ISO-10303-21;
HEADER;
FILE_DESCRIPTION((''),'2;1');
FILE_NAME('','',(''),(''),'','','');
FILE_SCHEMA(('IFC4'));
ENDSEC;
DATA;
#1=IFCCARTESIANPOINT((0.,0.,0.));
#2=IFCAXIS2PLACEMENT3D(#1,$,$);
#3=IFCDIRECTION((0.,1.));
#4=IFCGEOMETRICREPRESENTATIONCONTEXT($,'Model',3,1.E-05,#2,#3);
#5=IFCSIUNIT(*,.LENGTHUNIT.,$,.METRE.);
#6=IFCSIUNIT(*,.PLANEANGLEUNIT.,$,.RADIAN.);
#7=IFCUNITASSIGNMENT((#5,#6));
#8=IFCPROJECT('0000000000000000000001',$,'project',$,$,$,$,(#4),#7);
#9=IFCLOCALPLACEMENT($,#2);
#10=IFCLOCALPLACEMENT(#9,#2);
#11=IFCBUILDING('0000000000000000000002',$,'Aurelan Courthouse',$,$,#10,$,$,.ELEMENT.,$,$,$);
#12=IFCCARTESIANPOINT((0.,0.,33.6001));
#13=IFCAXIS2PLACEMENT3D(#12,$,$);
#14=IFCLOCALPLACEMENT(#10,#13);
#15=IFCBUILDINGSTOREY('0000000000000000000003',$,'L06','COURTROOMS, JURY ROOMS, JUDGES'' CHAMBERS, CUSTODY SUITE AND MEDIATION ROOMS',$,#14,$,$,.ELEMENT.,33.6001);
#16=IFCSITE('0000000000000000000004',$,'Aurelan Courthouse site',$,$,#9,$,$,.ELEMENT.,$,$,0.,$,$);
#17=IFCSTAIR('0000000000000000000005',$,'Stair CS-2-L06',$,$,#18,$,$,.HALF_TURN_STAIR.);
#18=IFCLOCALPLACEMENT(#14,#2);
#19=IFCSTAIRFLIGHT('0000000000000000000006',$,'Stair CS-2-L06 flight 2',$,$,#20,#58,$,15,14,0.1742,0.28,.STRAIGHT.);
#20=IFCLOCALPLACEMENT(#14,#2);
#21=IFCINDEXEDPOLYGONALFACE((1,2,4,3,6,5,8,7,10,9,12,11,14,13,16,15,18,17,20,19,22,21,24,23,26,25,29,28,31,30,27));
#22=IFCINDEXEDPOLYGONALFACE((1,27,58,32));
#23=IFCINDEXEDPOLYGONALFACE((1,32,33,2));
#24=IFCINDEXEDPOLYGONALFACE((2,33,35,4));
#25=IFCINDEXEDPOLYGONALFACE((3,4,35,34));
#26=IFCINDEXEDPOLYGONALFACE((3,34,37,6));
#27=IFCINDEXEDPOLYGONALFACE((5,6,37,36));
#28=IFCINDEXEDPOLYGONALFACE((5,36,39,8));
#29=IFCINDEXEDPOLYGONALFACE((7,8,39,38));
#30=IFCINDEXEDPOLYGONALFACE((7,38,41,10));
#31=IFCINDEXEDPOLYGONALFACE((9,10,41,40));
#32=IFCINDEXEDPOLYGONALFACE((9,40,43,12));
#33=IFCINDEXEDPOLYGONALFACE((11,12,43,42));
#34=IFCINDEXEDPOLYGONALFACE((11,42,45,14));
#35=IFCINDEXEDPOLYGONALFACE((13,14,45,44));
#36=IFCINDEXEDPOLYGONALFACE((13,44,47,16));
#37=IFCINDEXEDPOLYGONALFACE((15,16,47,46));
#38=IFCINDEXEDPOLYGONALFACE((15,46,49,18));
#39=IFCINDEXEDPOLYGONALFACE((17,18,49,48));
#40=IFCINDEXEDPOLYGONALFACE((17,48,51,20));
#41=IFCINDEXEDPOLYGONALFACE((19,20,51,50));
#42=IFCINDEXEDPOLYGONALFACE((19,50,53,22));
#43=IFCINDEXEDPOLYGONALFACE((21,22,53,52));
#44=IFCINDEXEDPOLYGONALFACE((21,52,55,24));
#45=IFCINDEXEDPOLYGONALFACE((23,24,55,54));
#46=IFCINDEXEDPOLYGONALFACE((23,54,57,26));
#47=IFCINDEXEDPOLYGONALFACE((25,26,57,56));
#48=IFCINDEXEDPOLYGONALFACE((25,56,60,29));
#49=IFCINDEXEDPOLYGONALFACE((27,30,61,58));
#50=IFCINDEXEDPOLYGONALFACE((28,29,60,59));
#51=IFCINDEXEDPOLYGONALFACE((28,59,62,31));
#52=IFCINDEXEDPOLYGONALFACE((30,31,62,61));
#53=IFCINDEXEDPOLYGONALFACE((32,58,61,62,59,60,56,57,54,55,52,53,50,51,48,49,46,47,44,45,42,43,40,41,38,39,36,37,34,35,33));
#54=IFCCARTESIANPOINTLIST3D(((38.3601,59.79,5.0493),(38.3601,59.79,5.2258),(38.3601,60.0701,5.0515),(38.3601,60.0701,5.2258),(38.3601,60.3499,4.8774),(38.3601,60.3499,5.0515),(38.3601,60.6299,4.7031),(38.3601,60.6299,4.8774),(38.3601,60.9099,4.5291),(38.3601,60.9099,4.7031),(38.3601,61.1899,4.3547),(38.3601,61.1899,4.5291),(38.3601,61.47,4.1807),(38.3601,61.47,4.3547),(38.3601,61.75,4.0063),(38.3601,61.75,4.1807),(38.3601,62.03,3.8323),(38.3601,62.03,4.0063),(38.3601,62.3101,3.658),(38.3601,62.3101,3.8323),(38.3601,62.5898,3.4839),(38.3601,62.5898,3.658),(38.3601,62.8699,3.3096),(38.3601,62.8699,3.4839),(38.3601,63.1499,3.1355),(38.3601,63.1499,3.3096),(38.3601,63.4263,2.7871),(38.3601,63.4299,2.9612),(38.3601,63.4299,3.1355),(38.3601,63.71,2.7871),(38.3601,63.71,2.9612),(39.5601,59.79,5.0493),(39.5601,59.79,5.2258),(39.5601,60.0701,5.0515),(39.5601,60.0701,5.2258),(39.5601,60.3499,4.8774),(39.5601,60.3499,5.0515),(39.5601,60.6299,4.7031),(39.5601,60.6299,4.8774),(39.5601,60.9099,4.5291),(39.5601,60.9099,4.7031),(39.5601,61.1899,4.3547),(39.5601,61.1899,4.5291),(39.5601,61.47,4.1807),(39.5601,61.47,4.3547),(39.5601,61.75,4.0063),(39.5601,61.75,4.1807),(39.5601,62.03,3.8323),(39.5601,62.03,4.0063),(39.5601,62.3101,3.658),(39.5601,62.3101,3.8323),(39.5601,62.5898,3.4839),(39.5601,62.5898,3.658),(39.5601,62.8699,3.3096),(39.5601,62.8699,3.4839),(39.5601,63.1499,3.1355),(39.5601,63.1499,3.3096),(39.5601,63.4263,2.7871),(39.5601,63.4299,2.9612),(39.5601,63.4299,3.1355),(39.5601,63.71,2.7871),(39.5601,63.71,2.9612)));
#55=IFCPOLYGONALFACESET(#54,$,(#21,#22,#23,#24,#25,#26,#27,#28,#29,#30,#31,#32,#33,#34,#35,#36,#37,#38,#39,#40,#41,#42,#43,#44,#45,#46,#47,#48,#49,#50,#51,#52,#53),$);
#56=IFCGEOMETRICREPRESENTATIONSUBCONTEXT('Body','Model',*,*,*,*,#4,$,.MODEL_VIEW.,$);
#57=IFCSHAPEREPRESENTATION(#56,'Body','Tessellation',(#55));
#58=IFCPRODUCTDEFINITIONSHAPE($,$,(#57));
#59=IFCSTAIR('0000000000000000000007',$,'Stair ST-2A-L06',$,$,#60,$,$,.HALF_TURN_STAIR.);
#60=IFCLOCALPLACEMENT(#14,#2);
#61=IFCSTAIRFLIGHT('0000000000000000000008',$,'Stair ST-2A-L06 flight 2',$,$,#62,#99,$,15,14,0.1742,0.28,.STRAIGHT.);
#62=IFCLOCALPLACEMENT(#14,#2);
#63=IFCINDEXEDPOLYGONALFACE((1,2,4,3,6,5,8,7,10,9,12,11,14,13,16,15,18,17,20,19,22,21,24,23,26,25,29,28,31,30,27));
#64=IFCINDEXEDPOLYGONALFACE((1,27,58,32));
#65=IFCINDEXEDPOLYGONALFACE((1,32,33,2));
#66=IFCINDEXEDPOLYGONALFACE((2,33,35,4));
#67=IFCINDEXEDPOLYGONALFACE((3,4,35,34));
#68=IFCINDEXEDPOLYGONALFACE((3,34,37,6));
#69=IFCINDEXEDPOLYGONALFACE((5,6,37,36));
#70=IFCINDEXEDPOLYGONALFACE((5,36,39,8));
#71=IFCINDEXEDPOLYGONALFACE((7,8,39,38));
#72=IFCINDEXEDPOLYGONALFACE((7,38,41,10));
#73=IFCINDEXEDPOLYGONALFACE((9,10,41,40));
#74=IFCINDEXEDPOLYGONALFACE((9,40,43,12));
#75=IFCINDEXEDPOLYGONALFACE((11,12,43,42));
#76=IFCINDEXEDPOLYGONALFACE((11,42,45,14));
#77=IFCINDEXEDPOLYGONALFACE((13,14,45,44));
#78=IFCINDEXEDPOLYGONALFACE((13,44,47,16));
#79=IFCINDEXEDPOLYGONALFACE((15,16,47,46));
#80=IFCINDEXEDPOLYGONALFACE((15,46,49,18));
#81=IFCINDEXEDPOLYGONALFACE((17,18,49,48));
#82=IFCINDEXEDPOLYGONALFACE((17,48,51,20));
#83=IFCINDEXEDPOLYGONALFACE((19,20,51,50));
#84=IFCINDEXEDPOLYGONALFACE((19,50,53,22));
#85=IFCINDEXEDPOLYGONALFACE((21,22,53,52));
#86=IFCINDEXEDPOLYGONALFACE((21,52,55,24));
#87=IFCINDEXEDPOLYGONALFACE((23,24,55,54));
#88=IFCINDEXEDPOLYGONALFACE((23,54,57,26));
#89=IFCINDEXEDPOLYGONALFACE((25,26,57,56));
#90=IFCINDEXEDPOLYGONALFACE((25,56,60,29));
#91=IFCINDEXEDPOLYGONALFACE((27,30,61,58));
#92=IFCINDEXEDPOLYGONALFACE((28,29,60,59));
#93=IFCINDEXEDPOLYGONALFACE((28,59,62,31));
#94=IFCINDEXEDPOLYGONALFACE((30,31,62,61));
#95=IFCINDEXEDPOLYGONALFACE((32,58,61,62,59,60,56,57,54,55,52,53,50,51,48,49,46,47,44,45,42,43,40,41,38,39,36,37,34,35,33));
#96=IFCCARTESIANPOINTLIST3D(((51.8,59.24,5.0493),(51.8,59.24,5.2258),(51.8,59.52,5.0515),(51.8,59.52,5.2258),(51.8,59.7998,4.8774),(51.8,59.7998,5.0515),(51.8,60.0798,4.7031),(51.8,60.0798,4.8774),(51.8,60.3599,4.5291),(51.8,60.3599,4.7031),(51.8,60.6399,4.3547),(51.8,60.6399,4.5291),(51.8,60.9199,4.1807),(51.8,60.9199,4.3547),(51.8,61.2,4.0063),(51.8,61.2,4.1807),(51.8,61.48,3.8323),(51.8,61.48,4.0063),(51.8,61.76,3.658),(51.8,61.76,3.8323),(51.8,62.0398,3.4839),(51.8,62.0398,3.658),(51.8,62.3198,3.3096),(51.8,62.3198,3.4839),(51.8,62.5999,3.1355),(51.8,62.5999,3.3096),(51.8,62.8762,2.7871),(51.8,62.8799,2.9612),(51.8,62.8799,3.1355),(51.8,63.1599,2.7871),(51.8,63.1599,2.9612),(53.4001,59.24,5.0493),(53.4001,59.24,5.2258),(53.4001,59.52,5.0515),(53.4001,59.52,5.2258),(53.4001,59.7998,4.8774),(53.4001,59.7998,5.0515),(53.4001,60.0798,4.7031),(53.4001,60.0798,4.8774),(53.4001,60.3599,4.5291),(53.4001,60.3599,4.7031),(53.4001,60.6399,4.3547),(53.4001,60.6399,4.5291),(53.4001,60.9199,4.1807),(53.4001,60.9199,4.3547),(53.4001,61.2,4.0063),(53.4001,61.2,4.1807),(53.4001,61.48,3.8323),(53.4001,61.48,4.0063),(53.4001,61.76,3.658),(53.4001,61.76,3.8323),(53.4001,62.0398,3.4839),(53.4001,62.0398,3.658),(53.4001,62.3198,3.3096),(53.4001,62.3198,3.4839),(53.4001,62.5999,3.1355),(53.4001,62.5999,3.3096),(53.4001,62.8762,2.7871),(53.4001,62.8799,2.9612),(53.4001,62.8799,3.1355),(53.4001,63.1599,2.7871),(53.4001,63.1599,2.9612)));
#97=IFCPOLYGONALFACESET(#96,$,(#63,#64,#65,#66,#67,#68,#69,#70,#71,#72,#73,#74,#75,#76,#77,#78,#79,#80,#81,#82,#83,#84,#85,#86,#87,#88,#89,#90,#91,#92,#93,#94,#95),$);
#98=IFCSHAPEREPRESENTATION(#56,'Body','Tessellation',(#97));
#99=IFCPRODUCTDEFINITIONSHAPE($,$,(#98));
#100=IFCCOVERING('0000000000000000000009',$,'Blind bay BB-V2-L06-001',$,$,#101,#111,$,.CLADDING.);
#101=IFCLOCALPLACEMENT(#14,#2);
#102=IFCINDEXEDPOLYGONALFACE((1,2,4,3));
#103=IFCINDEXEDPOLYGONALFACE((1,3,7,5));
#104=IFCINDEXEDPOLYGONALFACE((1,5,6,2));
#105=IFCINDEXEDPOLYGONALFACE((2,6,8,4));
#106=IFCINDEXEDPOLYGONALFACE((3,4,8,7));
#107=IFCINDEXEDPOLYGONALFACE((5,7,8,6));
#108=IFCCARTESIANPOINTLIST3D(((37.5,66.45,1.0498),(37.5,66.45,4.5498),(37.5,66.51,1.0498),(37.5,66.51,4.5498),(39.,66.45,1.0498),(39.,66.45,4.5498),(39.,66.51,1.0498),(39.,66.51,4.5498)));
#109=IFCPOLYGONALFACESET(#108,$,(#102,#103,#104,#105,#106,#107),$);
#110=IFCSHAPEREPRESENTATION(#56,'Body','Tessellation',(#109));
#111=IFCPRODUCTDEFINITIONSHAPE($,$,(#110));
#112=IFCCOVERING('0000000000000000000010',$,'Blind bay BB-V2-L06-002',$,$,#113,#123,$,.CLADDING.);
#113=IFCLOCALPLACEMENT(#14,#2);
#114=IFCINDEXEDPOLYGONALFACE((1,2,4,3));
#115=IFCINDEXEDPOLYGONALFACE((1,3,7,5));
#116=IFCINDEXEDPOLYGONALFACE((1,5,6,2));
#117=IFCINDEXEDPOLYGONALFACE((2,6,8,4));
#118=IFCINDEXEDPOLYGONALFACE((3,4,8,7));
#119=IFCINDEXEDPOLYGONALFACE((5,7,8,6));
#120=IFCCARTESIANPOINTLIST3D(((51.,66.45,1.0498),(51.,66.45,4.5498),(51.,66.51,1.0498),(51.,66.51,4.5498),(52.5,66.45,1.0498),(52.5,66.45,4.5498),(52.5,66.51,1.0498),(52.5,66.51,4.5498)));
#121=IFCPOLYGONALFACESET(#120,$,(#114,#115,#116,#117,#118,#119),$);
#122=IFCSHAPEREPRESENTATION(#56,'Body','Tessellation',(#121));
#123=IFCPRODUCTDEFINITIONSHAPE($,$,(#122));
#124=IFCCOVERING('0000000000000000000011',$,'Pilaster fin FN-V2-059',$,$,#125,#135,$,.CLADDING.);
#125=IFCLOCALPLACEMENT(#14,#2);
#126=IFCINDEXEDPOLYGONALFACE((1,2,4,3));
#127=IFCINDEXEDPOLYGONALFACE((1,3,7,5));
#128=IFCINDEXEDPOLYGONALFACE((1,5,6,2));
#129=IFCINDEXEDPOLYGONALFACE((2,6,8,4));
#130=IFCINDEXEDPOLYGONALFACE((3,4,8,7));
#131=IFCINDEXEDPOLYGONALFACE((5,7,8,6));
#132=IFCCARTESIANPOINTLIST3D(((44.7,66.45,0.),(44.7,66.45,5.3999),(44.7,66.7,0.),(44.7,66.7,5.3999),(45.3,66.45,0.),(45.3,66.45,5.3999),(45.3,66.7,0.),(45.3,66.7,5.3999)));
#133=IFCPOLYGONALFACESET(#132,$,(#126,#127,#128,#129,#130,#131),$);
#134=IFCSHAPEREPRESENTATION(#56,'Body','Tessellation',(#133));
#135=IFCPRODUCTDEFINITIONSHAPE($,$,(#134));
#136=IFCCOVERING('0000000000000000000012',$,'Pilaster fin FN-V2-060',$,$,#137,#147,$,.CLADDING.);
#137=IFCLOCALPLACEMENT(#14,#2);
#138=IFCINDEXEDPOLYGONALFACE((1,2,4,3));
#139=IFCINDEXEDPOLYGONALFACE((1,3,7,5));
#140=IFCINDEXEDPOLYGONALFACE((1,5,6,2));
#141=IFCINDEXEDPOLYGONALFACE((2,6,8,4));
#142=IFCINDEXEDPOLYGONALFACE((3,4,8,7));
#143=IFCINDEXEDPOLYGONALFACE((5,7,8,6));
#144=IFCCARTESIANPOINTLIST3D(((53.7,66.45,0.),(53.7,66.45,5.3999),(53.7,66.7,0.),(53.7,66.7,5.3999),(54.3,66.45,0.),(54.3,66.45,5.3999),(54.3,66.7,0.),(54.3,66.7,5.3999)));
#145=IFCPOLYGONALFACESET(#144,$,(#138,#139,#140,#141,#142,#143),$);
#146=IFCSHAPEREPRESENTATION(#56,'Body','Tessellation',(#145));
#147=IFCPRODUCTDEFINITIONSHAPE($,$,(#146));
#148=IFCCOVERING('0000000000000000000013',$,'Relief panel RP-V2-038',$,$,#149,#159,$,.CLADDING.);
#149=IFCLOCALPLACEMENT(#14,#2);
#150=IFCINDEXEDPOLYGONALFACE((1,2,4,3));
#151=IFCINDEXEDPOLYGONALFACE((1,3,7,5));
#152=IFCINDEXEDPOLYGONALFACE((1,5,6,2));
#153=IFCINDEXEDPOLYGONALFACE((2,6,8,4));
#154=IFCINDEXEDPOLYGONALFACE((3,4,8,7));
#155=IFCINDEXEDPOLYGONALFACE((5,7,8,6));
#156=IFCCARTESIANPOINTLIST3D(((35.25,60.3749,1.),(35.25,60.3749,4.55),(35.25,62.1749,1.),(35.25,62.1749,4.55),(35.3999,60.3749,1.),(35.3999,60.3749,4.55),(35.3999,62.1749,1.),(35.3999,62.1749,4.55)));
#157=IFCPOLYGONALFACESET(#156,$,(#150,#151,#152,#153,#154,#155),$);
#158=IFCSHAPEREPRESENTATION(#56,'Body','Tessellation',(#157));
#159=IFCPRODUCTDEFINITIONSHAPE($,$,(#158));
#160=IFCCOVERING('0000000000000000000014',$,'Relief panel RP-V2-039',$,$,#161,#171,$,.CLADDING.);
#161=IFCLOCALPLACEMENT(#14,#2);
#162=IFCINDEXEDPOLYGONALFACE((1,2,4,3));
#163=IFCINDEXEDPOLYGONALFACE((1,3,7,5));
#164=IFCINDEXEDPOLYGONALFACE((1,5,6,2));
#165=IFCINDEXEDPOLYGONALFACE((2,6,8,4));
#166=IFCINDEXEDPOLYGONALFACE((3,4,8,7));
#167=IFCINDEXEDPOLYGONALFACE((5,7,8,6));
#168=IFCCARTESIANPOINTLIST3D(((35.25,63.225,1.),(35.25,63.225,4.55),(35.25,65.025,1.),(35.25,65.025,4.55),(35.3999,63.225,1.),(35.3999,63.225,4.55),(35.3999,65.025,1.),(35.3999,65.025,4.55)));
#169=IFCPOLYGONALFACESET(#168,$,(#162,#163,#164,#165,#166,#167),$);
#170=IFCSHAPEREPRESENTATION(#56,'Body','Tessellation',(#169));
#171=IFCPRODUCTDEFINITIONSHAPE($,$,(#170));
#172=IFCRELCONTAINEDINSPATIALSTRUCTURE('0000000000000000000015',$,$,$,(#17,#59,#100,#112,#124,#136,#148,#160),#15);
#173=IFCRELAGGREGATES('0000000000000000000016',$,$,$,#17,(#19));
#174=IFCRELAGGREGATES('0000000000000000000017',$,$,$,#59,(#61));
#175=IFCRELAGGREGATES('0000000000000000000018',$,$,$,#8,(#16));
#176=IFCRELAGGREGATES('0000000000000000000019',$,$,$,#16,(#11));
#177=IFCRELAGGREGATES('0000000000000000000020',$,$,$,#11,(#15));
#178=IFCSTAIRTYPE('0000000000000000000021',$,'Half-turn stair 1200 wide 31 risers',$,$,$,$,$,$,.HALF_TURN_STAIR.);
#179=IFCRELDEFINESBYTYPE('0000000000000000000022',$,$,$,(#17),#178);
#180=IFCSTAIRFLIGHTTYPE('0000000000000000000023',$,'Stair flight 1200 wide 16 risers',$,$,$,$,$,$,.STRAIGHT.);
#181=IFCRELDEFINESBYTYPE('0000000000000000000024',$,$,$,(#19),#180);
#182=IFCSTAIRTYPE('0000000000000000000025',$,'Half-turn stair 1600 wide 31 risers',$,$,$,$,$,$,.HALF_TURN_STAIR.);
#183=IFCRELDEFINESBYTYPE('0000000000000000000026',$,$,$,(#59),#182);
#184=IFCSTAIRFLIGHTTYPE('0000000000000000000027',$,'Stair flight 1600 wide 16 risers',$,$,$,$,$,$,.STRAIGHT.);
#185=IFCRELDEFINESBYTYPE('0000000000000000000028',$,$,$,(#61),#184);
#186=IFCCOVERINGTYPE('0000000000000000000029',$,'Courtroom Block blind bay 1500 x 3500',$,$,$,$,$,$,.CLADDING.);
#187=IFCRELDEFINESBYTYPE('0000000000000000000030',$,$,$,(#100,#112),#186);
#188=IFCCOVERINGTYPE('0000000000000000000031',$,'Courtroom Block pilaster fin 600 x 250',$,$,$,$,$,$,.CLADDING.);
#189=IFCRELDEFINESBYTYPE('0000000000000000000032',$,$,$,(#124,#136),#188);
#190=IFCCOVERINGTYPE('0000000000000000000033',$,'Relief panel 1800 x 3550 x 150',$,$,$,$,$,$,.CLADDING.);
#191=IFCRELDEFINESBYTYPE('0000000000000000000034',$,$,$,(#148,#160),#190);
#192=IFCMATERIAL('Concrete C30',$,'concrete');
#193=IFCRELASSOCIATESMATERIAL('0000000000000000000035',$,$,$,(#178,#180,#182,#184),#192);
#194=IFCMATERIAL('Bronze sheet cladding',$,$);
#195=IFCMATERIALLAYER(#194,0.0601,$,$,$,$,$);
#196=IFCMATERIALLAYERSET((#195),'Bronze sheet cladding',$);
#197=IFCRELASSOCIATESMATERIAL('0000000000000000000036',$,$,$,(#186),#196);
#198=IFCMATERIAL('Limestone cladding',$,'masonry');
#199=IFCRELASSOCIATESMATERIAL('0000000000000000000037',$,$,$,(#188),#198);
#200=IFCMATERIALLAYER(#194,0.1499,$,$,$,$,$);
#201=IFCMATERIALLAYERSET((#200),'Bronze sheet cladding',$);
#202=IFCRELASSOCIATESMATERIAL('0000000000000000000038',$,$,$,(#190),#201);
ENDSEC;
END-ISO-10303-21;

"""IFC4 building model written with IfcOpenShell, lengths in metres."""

from ifc_helpers import new_model, si_unit, direction, frame, origin, origin_2d, place, context, subcontext, project, spatial, polyline, rectangle, outline, extrude, material, layer, layer_set, type_object, element, aggregate, save


model = new_model("IFC4")

# Units and contexts
model_context = context("Model", 3, precision=1e-05, world=origin(), true_north=direction((0.0, 1.0)))
body_context = subcontext(model_context, "Body", "Model", "MODEL_VIEW")
ifc_project = project(units=[si_unit("LENGTHUNIT", "METRE"), si_unit("PLANEANGLEUNIT", "RADIAN")], contexts=[model_context])

# Site, building, storey
site_placement = place(None, origin())
site = spatial("IfcSite", under=ifc_project, at=site_placement, Name="Aurelan Courthouse site", CompositionType="ELEMENT", RefElevation=0.0)
building_placement = place(site_placement, origin())
building = spatial("IfcBuilding", under=site, at=building_placement, Name="Aurelan Courthouse", CompositionType="ELEMENT")
storey_placement = place(building_placement, frame((0.0, 0.0, 33.6001)))
storey = spatial("IfcBuildingStorey", under=building, at=storey_placement, Name="L06", Description="COURTROOMS, JURY ROOMS, JUDGES' CHAMBERS, CUSTODY SUITE AND MEDIATION ROOMS", CompositionType="ELEMENT", Elevation=33.6001)

# Shared definitions
ifc_material_1 = material(Name="Limestone cladding", Category="masonry")
ifc_material_2 = material(Name="Concrete C30", Category="concrete")

# Stairs, stair flights
stair_type_1 = type_object("IfcStairType", Name="Half-turn stair 1200 wide 31 risers", PredefinedType="HALF_TURN_STAIR", material=ifc_material_2)
stair_1_placement = place(storey_placement, origin())
stair_1 = element("IfcStair", 1, at=stair_1_placement, inside=storey, type_object=stair_type_1, Name="Stair CS-2-L06", PredefinedType="HALF_TURN_STAIR")
stair_flight_type_1 = type_object("IfcStairFlightType", Name="Stair flight 1200 wide 16 risers", PredefinedType="STRAIGHT", material=ifc_material_2)
stair_flight_1_placement = place(storey_placement, frame((38.96, 63.71, 2.7871), z_axis=(0.0, 0.0, 1.0), x_axis=(0.0, -1.0, 0.0)))
stair_flight_1 = element("IfcStairFlight", 2, at=stair_flight_1_placement, type_object=stair_flight_type_1, Name="Stair CS-2-L06 flight 2", NumberOfRisers=15, NumberOfTreads=14, PredefinedType="STRAIGHT", RiserHeight=0.1742, TreadLength=0.28, context=body_context, shape_type="SweptSolid", body=[
    extrude(outline(polyline([(0.0, 0.0), (0.0, 0.1741), (0.28, 0.1741), (0.28, 0.3484), (0.5601, 0.3484), (0.5601, 0.5225), (0.8401, 0.5225), (0.8401, 0.6968), (1.1201, 0.6968), (1.1201, 0.8708), (1.3999, 0.8708), (1.3999, 1.0452), (1.6799, 1.0452), (1.6799, 1.2192), (1.96, 1.2192), (1.96, 1.3936), (2.24, 1.3936), (2.24, 1.5676), (2.52, 1.5676), (2.52, 1.7419), (2.8, 1.7419), (2.8, 1.916), (3.0801, 1.916), (3.0801, 2.0903), (3.3601, 2.0903), (3.3601, 2.2644), (3.6399, 2.2644), (3.6399, 2.4387), (3.9199, 2.4387), (3.9199, 2.6128), (3.9199, 2.2622), (0.2837, 0.0), (0.0, 0.0)])), frame((0.0, 0.6001, 0.0), z_axis=(0.0, -1.0, 0.0), x_axis=(1.0, 0.0, 0.0)), (0.0, 0.0, 1.0), 1.2),
])
aggregate(stair_1, [stair_flight_1])
stair_type_2 = type_object("IfcStairType", Name="Half-turn stair 1600 wide 31 risers", PredefinedType="HALF_TURN_STAIR", material=ifc_material_2)
stair_2_placement = place(storey_placement, origin())
stair_2 = element("IfcStair", 3, at=stair_2_placement, inside=storey, type_object=stair_type_2, Name="Stair ST-2A-L06", PredefinedType="HALF_TURN_STAIR")
stair_flight_type_2 = type_object("IfcStairFlightType", Name="Stair flight 1600 wide 16 risers", PredefinedType="STRAIGHT", material=ifc_material_2)
stair_flight_2_placement = place(storey_placement, frame((52.6001, 63.1599, 2.7871), z_axis=(0.0, 0.0, 1.0), x_axis=(0.0, -1.0, 0.0)))
stair_flight_2 = element("IfcStairFlight", 4, at=stair_flight_2_placement, type_object=stair_flight_type_2, Name="Stair ST-2A-L06 flight 2", NumberOfRisers=15, NumberOfTreads=14, PredefinedType="STRAIGHT", RiserHeight=0.1742, TreadLength=0.28, context=body_context, shape_type="SweptSolid", body=[
    extrude(outline(polyline([(0.0, 0.0), (0.0, 0.1741), (0.28, 0.1741), (0.28, 0.3484), (0.5601, 0.3484), (0.5601, 0.5225), (0.8401, 0.5225), (0.8401, 0.6968), (1.1201, 0.6968), (1.1201, 0.8708), (1.3999, 0.8708), (1.3999, 1.0452), (1.6799, 1.0452), (1.6799, 1.2192), (1.96, 1.2192), (1.96, 1.3936), (2.24, 1.3936), (2.24, 1.5676), (2.52, 1.5676), (2.52, 1.7419), (2.8, 1.7419), (2.8, 1.916), (3.0801, 1.916), (3.0801, 2.0903), (3.3601, 2.0903), (3.3601, 2.2644), (3.6399, 2.2644), (3.6399, 2.4387), (3.9199, 2.4387), (3.9199, 2.6128), (3.9199, 2.2622), (0.2837, 0.0), (0.0, 0.0)])), frame((0.0, 0.8, 0.0), z_axis=(0.0, -1.0, 0.0), x_axis=(1.0, 0.0, 0.0)), (0.0, 0.0, 1.0), 1.6001),
])
aggregate(stair_2, [stair_flight_2])

# Coverings
ifc_material_3 = material(Name="Bronze sheet cladding")
ifc_layer_1 = layer(ifc_material_3, 0.0601)
ifc_layer_set_1 = layer_set([ifc_layer_1], Name="Bronze sheet cladding")
covering_type_1 = type_object("IfcCoveringType", Name="Courtroom Block blind bay 1500 x 3500", PredefinedType="CLADDING", material=ifc_layer_set_1)
for number, where, z_axis, x_axis, name in (
    (5, (38.25, 66.48, 1.0498), (0.0, 0.0, 1.0), (1.0, 0.0, 0.0), "Blind bay BB-V2-L06-001"),
    (6, (51.75, 66.48, 1.0498), (0.0, 0.0, 1.0), (1.0, 0.0, 0.0), "Blind bay BB-V2-L06-002"),
):
    element("IfcCovering", number, at=place(storey_placement, frame(where, z_axis=z_axis, x_axis=x_axis)), inside=storey, type_object=covering_type_1, Name=name, PredefinedType="CLADDING", context=body_context, shape_type="SweptSolid", body=[
        extrude(rectangle(XDim=1.5, YDim=0.0601, at=origin_2d()), origin(), (0.0, 0.0, 1.0), 3.5),
    ])
covering_type_2 = type_object("IfcCoveringType", Name="Courtroom Block pilaster fin 600 x 250", PredefinedType="CLADDING", material=ifc_material_1)
for number, where, z_axis, x_axis, name in (
    (7, (45.0, 66.575, 0.0), (0.0, 0.0, 1.0), (1.0, 0.0, 0.0), "Pilaster fin FN-V2-059"),
    (8, (54.0, 66.575, 0.0), (0.0, 0.0, 1.0), (1.0, 0.0, 0.0), "Pilaster fin FN-V2-060"),
):
    element("IfcCovering", number, at=place(storey_placement, frame(where, z_axis=z_axis, x_axis=x_axis)), inside=storey, type_object=covering_type_2, Name=name, PredefinedType="CLADDING", context=body_context, shape_type="SweptSolid", body=[
        extrude(rectangle(XDim=0.6001, YDim=0.25, at=origin_2d()), origin(), (0.0, 0.0, 1.0), 5.3999),
    ])
ifc_layer_2 = layer(ifc_material_3, 0.1499)
ifc_layer_set_2 = layer_set([ifc_layer_2], Name="Bronze sheet cladding")
covering_type_3 = type_object("IfcCoveringType", Name="Relief panel 1800 x 3550 x 150", PredefinedType="CLADDING", material=ifc_layer_set_2)
for number, where, z_axis, x_axis, name in (
    (9, (35.325, 61.2749, 1.0), (0.0, 0.0, 1.0), (1.0, 0.0, 0.0), "Relief panel RP-V2-038"),
    (10, (35.325, 64.125, 1.0), (0.0, 0.0, 1.0), (1.0, 0.0, 0.0), "Relief panel RP-V2-039"),
):
    element("IfcCovering", number, at=place(storey_placement, frame(where, z_axis=z_axis, x_axis=x_axis)), inside=storey, type_object=covering_type_3, Name=name, PredefinedType="CLADDING", context=body_context, shape_type="SweptSolid", body=[
        extrude(rectangle(XDim=0.1499, YDim=1.8, at=origin_2d()), origin(), (0.0, 0.0, 1.0), 3.55),
    ])

save(model, "model.ifc")
